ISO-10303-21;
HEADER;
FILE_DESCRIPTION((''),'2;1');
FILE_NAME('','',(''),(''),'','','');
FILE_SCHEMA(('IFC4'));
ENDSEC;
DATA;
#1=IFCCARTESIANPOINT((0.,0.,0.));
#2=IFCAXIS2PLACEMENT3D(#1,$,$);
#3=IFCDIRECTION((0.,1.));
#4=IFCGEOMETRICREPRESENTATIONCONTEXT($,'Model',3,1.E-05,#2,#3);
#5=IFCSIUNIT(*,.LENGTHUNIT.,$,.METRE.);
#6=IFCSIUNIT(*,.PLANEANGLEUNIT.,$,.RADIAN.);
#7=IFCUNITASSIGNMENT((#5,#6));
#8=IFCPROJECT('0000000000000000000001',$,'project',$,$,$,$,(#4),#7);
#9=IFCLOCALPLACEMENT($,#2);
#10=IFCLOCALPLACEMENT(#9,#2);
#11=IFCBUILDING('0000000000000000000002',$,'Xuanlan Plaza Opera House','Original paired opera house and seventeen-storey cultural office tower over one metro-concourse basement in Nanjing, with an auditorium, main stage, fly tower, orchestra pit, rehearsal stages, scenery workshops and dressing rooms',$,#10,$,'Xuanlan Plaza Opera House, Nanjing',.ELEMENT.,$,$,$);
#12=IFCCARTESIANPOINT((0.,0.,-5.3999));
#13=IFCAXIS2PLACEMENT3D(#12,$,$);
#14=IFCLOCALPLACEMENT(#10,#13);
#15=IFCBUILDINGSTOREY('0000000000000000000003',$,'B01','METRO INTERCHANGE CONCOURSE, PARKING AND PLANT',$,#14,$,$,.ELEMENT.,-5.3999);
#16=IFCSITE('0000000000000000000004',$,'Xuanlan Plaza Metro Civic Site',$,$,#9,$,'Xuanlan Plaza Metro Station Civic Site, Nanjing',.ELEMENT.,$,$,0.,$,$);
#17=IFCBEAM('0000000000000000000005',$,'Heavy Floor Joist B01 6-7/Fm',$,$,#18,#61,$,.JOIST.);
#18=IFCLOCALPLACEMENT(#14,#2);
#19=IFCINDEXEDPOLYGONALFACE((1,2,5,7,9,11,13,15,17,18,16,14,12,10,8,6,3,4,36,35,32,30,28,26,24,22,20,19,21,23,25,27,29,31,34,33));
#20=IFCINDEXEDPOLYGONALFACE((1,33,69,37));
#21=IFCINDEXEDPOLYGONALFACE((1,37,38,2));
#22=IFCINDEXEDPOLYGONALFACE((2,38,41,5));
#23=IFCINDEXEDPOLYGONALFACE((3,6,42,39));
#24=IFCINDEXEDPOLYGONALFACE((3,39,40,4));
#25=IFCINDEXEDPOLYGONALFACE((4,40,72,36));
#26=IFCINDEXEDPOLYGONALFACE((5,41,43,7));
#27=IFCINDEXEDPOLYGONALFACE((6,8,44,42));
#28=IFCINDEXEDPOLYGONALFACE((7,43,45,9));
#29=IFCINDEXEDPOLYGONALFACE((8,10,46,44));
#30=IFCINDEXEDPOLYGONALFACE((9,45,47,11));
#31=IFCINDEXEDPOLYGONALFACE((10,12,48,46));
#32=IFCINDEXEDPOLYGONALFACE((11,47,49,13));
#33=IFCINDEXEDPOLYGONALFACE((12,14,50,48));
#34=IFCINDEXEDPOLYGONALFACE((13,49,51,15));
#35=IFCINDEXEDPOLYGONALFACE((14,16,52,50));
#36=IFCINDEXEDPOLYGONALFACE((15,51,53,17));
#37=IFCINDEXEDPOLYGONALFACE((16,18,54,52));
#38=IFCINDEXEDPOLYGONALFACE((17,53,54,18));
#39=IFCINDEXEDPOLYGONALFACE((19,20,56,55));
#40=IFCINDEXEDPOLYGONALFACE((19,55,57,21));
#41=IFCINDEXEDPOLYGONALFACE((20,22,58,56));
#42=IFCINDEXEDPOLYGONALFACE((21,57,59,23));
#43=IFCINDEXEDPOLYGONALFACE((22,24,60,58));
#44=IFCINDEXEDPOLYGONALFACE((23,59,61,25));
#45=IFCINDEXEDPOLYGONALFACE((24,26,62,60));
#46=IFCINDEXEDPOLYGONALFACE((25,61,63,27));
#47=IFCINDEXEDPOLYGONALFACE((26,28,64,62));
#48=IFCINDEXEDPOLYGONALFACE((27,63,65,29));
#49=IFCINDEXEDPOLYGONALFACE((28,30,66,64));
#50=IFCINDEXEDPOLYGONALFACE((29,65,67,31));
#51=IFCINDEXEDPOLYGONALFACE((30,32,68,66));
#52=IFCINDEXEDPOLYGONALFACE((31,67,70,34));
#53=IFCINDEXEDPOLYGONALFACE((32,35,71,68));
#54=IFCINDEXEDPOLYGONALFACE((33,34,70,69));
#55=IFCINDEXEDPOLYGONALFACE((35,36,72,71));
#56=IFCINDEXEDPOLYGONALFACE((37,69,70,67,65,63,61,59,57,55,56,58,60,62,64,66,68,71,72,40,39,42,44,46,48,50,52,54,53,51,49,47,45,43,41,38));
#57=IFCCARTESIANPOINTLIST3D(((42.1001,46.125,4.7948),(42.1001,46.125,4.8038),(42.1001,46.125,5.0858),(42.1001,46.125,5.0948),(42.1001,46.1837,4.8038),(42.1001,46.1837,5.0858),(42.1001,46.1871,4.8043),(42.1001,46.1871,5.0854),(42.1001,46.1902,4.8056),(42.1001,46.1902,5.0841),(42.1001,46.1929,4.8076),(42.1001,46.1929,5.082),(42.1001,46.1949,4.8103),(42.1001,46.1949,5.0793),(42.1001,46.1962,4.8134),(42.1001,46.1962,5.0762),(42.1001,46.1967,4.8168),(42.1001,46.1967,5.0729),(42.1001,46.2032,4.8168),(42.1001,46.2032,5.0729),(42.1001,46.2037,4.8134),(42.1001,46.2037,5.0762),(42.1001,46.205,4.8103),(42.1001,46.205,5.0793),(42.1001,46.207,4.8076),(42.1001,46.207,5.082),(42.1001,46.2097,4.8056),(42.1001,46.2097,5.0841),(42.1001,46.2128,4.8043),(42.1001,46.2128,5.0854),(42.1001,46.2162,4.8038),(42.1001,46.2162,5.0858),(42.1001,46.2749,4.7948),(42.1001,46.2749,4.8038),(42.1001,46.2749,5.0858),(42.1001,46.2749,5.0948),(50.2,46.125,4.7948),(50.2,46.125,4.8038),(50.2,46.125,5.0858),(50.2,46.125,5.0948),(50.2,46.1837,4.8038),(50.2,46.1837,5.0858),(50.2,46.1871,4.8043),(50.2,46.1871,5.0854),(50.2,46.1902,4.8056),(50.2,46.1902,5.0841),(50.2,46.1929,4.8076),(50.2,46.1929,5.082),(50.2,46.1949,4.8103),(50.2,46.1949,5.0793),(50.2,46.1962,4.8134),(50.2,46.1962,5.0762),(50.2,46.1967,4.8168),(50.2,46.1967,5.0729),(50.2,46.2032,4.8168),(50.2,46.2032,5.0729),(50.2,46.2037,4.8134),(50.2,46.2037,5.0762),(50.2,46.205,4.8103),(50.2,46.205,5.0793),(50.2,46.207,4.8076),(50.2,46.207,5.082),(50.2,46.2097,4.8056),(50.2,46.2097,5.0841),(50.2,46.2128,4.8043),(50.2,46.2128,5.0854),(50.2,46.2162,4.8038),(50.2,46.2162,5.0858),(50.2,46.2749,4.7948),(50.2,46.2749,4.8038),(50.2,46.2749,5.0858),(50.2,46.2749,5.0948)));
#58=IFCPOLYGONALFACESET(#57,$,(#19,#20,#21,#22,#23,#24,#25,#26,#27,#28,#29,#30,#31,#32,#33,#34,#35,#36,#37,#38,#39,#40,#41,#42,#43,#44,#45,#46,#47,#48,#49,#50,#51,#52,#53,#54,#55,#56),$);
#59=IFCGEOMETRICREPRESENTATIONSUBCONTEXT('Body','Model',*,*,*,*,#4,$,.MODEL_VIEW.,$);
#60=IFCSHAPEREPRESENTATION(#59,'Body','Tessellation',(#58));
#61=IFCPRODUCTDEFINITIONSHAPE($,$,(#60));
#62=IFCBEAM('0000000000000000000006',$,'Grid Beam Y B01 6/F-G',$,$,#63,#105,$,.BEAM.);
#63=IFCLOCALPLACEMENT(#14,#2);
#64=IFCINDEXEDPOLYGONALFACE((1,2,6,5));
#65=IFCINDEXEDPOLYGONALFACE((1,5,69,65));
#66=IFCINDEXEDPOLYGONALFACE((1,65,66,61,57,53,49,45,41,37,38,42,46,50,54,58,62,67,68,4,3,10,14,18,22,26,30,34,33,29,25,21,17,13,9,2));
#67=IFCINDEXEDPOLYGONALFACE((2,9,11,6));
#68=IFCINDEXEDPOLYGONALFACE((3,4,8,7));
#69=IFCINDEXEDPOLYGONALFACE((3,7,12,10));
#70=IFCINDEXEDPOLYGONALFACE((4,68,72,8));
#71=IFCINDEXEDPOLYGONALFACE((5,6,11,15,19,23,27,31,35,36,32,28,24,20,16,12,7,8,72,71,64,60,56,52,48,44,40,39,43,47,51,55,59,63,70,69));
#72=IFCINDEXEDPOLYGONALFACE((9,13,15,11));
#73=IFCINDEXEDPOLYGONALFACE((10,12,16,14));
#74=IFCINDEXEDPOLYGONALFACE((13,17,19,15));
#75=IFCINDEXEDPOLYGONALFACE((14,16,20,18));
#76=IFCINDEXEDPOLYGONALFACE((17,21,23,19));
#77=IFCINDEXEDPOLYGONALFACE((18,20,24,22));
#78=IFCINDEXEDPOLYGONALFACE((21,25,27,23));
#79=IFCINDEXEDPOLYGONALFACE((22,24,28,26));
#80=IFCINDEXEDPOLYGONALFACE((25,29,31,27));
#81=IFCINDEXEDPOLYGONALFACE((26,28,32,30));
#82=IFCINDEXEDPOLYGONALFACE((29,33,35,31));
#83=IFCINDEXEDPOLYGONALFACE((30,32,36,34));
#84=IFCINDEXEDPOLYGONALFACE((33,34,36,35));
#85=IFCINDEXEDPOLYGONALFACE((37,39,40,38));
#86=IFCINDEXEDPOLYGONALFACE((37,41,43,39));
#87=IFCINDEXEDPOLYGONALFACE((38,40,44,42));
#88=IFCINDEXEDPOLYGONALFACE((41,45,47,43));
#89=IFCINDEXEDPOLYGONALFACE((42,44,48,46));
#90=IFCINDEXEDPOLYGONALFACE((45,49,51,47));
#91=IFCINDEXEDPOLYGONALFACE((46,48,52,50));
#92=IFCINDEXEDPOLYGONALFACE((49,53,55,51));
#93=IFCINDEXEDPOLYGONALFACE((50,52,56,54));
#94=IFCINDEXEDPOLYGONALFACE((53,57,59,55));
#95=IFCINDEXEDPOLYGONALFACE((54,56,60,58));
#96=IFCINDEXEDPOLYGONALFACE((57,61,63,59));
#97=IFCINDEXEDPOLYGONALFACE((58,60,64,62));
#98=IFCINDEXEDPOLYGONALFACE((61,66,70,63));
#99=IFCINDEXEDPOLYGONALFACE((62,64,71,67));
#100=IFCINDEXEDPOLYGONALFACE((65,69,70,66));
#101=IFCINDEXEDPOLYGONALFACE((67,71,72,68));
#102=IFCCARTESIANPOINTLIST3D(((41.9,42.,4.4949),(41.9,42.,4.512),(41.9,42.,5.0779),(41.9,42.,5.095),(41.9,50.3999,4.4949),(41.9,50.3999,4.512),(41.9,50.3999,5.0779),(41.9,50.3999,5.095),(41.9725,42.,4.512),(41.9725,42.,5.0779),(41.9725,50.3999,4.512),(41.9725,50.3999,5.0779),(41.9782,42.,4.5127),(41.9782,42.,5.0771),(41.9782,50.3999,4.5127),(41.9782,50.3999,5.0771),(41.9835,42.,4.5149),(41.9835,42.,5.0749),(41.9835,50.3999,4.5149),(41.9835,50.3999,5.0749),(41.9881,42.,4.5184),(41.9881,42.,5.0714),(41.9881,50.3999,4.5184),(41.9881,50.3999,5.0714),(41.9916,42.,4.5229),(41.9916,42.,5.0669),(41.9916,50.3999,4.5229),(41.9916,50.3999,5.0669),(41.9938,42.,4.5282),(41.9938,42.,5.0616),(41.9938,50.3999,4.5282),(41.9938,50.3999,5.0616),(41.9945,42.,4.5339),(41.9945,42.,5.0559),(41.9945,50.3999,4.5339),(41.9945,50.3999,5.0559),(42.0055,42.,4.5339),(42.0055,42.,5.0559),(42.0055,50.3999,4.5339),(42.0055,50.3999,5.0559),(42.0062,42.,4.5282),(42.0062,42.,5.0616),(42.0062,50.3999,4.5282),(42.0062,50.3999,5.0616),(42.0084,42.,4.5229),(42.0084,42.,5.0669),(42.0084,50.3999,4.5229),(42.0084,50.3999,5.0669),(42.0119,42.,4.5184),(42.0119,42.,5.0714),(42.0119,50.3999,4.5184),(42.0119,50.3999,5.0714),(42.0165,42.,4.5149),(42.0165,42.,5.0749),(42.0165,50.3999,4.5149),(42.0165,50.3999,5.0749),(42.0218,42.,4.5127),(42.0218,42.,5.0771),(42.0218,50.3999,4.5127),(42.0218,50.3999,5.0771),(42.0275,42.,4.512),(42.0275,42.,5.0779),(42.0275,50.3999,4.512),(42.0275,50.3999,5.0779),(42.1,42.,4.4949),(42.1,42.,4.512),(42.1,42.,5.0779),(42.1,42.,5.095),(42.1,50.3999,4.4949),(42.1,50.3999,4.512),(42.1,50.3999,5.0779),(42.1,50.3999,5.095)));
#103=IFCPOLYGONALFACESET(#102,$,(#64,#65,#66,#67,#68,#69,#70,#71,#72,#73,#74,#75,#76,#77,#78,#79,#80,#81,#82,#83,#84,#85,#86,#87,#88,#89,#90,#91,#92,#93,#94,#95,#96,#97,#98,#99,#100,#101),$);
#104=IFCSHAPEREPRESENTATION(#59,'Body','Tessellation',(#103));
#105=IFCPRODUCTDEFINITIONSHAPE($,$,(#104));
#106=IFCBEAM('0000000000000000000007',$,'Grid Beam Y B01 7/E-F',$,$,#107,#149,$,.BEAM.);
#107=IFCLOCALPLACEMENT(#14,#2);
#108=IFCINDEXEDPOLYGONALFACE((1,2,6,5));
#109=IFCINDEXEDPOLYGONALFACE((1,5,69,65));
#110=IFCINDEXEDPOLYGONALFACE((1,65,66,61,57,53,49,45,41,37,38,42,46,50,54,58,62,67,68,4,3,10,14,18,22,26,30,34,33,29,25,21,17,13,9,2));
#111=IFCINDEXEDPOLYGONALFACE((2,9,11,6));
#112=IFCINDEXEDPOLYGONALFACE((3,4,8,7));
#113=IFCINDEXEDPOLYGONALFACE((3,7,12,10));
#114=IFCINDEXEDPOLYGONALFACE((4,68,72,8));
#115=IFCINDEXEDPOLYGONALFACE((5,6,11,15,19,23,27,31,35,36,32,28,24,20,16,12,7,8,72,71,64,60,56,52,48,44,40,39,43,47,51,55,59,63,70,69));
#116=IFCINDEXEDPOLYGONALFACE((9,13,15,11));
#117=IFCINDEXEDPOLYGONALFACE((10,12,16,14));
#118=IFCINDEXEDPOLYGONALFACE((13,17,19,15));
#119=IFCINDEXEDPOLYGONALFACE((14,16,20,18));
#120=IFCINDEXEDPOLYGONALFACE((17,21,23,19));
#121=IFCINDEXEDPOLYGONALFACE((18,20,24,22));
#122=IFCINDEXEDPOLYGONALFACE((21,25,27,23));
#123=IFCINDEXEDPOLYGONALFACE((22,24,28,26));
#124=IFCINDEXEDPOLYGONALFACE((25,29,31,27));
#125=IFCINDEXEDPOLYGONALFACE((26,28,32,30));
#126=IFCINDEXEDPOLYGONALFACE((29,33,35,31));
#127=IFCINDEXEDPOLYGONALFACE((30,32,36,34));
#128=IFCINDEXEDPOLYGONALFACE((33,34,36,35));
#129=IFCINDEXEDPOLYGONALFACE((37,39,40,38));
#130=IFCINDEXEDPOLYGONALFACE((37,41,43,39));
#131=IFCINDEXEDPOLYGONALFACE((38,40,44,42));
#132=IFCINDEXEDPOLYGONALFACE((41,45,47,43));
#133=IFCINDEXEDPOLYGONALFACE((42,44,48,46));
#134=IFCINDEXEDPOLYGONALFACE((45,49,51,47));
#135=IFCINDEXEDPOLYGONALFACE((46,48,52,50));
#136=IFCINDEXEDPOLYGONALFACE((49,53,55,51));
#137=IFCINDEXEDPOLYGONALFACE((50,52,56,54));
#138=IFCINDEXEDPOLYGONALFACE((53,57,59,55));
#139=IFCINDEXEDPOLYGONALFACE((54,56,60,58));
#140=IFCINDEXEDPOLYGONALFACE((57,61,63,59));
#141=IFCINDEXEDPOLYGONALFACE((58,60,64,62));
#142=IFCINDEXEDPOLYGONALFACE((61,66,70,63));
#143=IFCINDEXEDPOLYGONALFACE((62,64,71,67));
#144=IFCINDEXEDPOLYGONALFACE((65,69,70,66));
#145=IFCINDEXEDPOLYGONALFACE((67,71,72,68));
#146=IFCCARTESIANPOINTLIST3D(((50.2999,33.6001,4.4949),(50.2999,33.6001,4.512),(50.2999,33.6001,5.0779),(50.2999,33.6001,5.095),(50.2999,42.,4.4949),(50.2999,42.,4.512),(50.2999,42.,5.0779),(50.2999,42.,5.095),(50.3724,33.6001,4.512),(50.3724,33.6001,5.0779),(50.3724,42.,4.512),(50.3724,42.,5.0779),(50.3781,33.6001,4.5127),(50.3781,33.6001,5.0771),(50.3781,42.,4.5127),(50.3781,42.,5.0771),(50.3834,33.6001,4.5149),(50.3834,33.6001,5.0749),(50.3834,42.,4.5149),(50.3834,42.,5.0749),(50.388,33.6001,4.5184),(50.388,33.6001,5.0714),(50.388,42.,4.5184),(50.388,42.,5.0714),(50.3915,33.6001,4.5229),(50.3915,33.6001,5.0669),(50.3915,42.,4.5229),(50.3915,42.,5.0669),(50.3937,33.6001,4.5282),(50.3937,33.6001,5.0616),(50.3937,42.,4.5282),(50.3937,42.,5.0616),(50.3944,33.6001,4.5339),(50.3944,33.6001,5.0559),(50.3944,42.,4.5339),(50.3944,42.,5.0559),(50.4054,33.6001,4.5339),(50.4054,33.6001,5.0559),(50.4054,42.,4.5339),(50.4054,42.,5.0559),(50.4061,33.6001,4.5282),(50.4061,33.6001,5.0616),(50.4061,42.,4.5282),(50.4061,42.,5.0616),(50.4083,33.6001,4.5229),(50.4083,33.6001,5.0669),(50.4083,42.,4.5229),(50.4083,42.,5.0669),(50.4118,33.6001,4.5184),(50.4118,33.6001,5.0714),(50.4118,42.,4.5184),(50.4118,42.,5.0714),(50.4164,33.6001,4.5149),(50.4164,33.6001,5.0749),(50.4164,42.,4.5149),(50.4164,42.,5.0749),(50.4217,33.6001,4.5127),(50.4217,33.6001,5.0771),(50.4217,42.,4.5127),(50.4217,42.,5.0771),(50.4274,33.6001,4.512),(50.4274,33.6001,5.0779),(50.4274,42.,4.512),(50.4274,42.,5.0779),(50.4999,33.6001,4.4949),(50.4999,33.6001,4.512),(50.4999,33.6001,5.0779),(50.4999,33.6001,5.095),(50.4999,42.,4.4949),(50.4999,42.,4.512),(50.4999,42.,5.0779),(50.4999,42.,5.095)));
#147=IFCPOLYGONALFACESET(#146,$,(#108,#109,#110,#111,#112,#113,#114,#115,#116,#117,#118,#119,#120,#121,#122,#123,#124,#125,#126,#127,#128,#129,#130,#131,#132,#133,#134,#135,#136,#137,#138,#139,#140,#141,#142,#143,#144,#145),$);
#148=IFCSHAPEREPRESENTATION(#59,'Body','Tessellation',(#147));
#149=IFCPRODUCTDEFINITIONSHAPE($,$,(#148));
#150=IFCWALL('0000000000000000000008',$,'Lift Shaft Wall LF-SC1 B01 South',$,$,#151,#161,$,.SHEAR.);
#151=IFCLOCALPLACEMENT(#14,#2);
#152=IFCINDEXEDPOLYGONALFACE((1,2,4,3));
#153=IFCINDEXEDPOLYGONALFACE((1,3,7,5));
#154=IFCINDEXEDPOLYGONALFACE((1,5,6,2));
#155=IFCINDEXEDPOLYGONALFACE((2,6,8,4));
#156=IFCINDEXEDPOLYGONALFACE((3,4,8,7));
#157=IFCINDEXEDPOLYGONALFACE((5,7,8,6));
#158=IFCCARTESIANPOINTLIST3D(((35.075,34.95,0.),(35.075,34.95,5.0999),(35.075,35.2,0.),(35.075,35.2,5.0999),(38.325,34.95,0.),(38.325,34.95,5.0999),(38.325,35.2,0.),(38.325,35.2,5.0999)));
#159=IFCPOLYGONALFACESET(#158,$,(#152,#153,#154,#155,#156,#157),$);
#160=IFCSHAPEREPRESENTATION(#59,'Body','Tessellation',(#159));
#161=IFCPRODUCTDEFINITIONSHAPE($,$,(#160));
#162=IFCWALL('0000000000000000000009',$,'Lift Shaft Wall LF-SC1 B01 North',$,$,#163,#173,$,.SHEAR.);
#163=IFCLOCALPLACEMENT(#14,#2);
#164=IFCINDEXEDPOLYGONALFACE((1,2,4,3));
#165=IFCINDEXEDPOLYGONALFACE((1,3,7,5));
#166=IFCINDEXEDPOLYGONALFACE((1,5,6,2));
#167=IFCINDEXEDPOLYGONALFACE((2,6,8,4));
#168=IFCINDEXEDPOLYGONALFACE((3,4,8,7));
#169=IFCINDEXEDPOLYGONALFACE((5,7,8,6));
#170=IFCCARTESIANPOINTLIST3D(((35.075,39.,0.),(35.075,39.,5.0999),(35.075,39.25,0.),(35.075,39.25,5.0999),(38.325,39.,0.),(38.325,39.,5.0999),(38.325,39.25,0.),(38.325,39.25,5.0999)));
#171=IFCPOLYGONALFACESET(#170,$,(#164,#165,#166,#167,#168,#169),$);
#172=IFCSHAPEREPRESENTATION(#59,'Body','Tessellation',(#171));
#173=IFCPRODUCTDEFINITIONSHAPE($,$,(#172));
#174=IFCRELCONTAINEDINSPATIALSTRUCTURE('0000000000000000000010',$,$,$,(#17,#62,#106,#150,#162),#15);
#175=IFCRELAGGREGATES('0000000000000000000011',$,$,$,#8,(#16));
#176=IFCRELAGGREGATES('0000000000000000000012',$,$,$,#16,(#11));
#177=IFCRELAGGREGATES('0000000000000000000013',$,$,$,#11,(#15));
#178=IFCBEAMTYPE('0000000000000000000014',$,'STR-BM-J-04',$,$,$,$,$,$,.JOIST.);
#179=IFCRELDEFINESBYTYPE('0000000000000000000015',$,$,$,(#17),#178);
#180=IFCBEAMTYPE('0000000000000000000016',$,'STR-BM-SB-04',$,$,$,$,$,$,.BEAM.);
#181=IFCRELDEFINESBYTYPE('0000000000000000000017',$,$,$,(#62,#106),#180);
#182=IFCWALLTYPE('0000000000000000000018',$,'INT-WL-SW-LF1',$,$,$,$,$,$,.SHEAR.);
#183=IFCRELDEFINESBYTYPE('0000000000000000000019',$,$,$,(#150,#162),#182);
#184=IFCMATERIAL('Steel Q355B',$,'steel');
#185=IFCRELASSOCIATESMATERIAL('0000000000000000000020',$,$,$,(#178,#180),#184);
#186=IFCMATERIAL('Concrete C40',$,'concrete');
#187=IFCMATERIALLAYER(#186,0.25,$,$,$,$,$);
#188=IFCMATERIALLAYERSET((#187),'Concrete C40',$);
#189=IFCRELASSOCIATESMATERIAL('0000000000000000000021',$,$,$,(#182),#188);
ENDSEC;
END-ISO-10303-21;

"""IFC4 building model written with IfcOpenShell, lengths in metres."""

from ifc_helpers import new_model, si_unit, direction, frame, frame_2d, origin, origin_2d, place, context, subcontext, project, spatial, rectangle, i_section, extrude, material, layer, layer_set, material_profile, profile_set, type_object, element, save


model = new_model("IFC4")

# Units and contexts
model_context = context("Model", 3, precision=1e-05, world=origin(), true_north=direction((0.0, 1.0)))
body_context = subcontext(model_context, "Body", "Model", "MODEL_VIEW")
ifc_project = project(units=[si_unit("LENGTHUNIT", "METRE"), si_unit("PLANEANGLEUNIT", "RADIAN")], contexts=[model_context])

# Site, building, storey
site_placement = place(None, origin())
site = spatial("IfcSite", under=ifc_project, at=site_placement, Name="Xuanlan Plaza Metro Civic Site", LongName="Xuanlan Plaza Metro Station Civic Site, Nanjing", CompositionType="ELEMENT", RefElevation=0.0)
building_placement = place(site_placement, origin())
building = spatial("IfcBuilding", under=site, at=building_placement, Name="Xuanlan Plaza Opera House", Description="Original paired opera house and seventeen-storey cultural office tower over one metro-concourse basement in Nanjing, with an auditorium, main stage, fly tower, orchestra pit, rehearsal stages, scenery workshops and dressing rooms", LongName="Xuanlan Plaza Opera House, Nanjing", CompositionType="ELEMENT")
storey_placement = place(building_placement, frame((0.0, 0.0, -5.3999)))
storey = spatial("IfcBuildingStorey", under=building, at=storey_placement, Name="B01", Description="METRO INTERCHANGE CONCOURSE, PARKING AND PLANT", CompositionType="ELEMENT", Elevation=-5.3999)

# Shared definitions
ifc_material_1 = material(Name="Concrete C40", Category="concrete")

# Beams
ifc_material_2 = material(Name="Steel Q355B", Category="steel")
ifc_material_profile_1 = material_profile(ifc_material_2, i_section(OverallWidth=0.1499, OverallDepth=0.3, WebThickness=0.0066, FlangeThickness=0.009, FilletRadius=0.0129, at=origin_2d()), Name="HN 300x150x6.5x9")
ifc_profile_set_1 = profile_set([ifc_material_profile_1], Name="Steel Q355B")
beam_type_1 = type_object("IfcBeamType", Name="STR-BM-J-04", PredefinedType="JOIST", material=ifc_profile_set_1)
beam_1_placement = place(storey_placement, frame((42.1001, 46.2, 4.9448), z_axis=(1.0, 0.0, 0.0), x_axis=(0.0, 1.0, 0.0)))
element("IfcBeam", 1, at=beam_1_placement, inside=storey, type_object=beam_type_1, Name="Heavy Floor Joist B01 6-7/Fm", PredefinedType="JOIST", context=body_context, shape_type="SweptSolid", body=[
    extrude(i_section(OverallWidth=0.1499, OverallDepth=0.3, WebThickness=0.0066, FlangeThickness=0.009, FilletRadius=0.0129, at=origin_2d()), origin(), (0.0, 0.0, 1.0), 8.0999),
])
ifc_material_profile_2 = material_profile(ifc_material_2, i_section(OverallWidth=0.2, OverallDepth=0.6001, WebThickness=0.011, FlangeThickness=0.0171, FilletRadius=0.022, at=origin_2d()), Name="HN 600x200x11x17")
ifc_profile_set_2 = profile_set([ifc_material_profile_2], Name="Steel Q355B")
beam_type_2 = type_object("IfcBeamType", Name="STR-BM-SB-04", PredefinedType="BEAM", material=ifc_profile_set_2)
for number, where, z_axis, x_axis, name in (
    (2, (42.0, 42.0, 4.7949), (0.0, 1.0, 0.0), (-1.0, 0.0, 0.0), "Grid Beam Y B01 6/F-G"),
    (3, (50.3999, 33.6001, 4.7949), (0.0, 1.0, 0.0), (-1.0, 0.0, 0.0), "Grid Beam Y B01 7/E-F"),
):
    element("IfcBeam", number, at=place(storey_placement, frame(where, z_axis=z_axis, x_axis=x_axis)), inside=storey, type_object=beam_type_2, Name=name, PredefinedType="BEAM", context=body_context, shape_type="SweptSolid", body=[
        extrude(i_section(OverallWidth=0.2, OverallDepth=0.6001, WebThickness=0.011, FlangeThickness=0.0171, FilletRadius=0.022, at=origin_2d()), origin(), (0.0, 0.0, 1.0), 8.3999),
    ])

# Walls
ifc_layer_1 = layer(ifc_material_1, 0.25)
ifc_layer_set_1 = layer_set([ifc_layer_1], Name="Concrete C40")
wall_type_1 = type_object("IfcWallType", Name="INT-WL-SW-LF1", PredefinedType="SHEAR", material=ifc_layer_set_1)
for number, where, z_axis, x_axis, name in (
    (4, (35.075, 35.075, 0.0), (0.0, 0.0, 1.0), (1.0, 0.0, 0.0), "Lift Shaft Wall LF-SC1 B01 South"),
    (5, (35.075, 39.125, 0.0), (0.0, 0.0, 1.0), (1.0, 0.0, 0.0), "Lift Shaft Wall LF-SC1 B01 North"),
):
    element("IfcWall", number, at=place(storey_placement, frame(where, z_axis=z_axis, x_axis=x_axis)), inside=storey, type_object=wall_type_1, Name=name, PredefinedType="SHEAR", context=body_context, shape_type="SweptSolid", body=[
        extrude(rectangle(XDim=3.25, YDim=0.25, at=frame_2d((1.625, 0.0))), origin(), (0.0, 0.0, 1.0), 5.0999),
    ])

save(model, "model.ifc")
